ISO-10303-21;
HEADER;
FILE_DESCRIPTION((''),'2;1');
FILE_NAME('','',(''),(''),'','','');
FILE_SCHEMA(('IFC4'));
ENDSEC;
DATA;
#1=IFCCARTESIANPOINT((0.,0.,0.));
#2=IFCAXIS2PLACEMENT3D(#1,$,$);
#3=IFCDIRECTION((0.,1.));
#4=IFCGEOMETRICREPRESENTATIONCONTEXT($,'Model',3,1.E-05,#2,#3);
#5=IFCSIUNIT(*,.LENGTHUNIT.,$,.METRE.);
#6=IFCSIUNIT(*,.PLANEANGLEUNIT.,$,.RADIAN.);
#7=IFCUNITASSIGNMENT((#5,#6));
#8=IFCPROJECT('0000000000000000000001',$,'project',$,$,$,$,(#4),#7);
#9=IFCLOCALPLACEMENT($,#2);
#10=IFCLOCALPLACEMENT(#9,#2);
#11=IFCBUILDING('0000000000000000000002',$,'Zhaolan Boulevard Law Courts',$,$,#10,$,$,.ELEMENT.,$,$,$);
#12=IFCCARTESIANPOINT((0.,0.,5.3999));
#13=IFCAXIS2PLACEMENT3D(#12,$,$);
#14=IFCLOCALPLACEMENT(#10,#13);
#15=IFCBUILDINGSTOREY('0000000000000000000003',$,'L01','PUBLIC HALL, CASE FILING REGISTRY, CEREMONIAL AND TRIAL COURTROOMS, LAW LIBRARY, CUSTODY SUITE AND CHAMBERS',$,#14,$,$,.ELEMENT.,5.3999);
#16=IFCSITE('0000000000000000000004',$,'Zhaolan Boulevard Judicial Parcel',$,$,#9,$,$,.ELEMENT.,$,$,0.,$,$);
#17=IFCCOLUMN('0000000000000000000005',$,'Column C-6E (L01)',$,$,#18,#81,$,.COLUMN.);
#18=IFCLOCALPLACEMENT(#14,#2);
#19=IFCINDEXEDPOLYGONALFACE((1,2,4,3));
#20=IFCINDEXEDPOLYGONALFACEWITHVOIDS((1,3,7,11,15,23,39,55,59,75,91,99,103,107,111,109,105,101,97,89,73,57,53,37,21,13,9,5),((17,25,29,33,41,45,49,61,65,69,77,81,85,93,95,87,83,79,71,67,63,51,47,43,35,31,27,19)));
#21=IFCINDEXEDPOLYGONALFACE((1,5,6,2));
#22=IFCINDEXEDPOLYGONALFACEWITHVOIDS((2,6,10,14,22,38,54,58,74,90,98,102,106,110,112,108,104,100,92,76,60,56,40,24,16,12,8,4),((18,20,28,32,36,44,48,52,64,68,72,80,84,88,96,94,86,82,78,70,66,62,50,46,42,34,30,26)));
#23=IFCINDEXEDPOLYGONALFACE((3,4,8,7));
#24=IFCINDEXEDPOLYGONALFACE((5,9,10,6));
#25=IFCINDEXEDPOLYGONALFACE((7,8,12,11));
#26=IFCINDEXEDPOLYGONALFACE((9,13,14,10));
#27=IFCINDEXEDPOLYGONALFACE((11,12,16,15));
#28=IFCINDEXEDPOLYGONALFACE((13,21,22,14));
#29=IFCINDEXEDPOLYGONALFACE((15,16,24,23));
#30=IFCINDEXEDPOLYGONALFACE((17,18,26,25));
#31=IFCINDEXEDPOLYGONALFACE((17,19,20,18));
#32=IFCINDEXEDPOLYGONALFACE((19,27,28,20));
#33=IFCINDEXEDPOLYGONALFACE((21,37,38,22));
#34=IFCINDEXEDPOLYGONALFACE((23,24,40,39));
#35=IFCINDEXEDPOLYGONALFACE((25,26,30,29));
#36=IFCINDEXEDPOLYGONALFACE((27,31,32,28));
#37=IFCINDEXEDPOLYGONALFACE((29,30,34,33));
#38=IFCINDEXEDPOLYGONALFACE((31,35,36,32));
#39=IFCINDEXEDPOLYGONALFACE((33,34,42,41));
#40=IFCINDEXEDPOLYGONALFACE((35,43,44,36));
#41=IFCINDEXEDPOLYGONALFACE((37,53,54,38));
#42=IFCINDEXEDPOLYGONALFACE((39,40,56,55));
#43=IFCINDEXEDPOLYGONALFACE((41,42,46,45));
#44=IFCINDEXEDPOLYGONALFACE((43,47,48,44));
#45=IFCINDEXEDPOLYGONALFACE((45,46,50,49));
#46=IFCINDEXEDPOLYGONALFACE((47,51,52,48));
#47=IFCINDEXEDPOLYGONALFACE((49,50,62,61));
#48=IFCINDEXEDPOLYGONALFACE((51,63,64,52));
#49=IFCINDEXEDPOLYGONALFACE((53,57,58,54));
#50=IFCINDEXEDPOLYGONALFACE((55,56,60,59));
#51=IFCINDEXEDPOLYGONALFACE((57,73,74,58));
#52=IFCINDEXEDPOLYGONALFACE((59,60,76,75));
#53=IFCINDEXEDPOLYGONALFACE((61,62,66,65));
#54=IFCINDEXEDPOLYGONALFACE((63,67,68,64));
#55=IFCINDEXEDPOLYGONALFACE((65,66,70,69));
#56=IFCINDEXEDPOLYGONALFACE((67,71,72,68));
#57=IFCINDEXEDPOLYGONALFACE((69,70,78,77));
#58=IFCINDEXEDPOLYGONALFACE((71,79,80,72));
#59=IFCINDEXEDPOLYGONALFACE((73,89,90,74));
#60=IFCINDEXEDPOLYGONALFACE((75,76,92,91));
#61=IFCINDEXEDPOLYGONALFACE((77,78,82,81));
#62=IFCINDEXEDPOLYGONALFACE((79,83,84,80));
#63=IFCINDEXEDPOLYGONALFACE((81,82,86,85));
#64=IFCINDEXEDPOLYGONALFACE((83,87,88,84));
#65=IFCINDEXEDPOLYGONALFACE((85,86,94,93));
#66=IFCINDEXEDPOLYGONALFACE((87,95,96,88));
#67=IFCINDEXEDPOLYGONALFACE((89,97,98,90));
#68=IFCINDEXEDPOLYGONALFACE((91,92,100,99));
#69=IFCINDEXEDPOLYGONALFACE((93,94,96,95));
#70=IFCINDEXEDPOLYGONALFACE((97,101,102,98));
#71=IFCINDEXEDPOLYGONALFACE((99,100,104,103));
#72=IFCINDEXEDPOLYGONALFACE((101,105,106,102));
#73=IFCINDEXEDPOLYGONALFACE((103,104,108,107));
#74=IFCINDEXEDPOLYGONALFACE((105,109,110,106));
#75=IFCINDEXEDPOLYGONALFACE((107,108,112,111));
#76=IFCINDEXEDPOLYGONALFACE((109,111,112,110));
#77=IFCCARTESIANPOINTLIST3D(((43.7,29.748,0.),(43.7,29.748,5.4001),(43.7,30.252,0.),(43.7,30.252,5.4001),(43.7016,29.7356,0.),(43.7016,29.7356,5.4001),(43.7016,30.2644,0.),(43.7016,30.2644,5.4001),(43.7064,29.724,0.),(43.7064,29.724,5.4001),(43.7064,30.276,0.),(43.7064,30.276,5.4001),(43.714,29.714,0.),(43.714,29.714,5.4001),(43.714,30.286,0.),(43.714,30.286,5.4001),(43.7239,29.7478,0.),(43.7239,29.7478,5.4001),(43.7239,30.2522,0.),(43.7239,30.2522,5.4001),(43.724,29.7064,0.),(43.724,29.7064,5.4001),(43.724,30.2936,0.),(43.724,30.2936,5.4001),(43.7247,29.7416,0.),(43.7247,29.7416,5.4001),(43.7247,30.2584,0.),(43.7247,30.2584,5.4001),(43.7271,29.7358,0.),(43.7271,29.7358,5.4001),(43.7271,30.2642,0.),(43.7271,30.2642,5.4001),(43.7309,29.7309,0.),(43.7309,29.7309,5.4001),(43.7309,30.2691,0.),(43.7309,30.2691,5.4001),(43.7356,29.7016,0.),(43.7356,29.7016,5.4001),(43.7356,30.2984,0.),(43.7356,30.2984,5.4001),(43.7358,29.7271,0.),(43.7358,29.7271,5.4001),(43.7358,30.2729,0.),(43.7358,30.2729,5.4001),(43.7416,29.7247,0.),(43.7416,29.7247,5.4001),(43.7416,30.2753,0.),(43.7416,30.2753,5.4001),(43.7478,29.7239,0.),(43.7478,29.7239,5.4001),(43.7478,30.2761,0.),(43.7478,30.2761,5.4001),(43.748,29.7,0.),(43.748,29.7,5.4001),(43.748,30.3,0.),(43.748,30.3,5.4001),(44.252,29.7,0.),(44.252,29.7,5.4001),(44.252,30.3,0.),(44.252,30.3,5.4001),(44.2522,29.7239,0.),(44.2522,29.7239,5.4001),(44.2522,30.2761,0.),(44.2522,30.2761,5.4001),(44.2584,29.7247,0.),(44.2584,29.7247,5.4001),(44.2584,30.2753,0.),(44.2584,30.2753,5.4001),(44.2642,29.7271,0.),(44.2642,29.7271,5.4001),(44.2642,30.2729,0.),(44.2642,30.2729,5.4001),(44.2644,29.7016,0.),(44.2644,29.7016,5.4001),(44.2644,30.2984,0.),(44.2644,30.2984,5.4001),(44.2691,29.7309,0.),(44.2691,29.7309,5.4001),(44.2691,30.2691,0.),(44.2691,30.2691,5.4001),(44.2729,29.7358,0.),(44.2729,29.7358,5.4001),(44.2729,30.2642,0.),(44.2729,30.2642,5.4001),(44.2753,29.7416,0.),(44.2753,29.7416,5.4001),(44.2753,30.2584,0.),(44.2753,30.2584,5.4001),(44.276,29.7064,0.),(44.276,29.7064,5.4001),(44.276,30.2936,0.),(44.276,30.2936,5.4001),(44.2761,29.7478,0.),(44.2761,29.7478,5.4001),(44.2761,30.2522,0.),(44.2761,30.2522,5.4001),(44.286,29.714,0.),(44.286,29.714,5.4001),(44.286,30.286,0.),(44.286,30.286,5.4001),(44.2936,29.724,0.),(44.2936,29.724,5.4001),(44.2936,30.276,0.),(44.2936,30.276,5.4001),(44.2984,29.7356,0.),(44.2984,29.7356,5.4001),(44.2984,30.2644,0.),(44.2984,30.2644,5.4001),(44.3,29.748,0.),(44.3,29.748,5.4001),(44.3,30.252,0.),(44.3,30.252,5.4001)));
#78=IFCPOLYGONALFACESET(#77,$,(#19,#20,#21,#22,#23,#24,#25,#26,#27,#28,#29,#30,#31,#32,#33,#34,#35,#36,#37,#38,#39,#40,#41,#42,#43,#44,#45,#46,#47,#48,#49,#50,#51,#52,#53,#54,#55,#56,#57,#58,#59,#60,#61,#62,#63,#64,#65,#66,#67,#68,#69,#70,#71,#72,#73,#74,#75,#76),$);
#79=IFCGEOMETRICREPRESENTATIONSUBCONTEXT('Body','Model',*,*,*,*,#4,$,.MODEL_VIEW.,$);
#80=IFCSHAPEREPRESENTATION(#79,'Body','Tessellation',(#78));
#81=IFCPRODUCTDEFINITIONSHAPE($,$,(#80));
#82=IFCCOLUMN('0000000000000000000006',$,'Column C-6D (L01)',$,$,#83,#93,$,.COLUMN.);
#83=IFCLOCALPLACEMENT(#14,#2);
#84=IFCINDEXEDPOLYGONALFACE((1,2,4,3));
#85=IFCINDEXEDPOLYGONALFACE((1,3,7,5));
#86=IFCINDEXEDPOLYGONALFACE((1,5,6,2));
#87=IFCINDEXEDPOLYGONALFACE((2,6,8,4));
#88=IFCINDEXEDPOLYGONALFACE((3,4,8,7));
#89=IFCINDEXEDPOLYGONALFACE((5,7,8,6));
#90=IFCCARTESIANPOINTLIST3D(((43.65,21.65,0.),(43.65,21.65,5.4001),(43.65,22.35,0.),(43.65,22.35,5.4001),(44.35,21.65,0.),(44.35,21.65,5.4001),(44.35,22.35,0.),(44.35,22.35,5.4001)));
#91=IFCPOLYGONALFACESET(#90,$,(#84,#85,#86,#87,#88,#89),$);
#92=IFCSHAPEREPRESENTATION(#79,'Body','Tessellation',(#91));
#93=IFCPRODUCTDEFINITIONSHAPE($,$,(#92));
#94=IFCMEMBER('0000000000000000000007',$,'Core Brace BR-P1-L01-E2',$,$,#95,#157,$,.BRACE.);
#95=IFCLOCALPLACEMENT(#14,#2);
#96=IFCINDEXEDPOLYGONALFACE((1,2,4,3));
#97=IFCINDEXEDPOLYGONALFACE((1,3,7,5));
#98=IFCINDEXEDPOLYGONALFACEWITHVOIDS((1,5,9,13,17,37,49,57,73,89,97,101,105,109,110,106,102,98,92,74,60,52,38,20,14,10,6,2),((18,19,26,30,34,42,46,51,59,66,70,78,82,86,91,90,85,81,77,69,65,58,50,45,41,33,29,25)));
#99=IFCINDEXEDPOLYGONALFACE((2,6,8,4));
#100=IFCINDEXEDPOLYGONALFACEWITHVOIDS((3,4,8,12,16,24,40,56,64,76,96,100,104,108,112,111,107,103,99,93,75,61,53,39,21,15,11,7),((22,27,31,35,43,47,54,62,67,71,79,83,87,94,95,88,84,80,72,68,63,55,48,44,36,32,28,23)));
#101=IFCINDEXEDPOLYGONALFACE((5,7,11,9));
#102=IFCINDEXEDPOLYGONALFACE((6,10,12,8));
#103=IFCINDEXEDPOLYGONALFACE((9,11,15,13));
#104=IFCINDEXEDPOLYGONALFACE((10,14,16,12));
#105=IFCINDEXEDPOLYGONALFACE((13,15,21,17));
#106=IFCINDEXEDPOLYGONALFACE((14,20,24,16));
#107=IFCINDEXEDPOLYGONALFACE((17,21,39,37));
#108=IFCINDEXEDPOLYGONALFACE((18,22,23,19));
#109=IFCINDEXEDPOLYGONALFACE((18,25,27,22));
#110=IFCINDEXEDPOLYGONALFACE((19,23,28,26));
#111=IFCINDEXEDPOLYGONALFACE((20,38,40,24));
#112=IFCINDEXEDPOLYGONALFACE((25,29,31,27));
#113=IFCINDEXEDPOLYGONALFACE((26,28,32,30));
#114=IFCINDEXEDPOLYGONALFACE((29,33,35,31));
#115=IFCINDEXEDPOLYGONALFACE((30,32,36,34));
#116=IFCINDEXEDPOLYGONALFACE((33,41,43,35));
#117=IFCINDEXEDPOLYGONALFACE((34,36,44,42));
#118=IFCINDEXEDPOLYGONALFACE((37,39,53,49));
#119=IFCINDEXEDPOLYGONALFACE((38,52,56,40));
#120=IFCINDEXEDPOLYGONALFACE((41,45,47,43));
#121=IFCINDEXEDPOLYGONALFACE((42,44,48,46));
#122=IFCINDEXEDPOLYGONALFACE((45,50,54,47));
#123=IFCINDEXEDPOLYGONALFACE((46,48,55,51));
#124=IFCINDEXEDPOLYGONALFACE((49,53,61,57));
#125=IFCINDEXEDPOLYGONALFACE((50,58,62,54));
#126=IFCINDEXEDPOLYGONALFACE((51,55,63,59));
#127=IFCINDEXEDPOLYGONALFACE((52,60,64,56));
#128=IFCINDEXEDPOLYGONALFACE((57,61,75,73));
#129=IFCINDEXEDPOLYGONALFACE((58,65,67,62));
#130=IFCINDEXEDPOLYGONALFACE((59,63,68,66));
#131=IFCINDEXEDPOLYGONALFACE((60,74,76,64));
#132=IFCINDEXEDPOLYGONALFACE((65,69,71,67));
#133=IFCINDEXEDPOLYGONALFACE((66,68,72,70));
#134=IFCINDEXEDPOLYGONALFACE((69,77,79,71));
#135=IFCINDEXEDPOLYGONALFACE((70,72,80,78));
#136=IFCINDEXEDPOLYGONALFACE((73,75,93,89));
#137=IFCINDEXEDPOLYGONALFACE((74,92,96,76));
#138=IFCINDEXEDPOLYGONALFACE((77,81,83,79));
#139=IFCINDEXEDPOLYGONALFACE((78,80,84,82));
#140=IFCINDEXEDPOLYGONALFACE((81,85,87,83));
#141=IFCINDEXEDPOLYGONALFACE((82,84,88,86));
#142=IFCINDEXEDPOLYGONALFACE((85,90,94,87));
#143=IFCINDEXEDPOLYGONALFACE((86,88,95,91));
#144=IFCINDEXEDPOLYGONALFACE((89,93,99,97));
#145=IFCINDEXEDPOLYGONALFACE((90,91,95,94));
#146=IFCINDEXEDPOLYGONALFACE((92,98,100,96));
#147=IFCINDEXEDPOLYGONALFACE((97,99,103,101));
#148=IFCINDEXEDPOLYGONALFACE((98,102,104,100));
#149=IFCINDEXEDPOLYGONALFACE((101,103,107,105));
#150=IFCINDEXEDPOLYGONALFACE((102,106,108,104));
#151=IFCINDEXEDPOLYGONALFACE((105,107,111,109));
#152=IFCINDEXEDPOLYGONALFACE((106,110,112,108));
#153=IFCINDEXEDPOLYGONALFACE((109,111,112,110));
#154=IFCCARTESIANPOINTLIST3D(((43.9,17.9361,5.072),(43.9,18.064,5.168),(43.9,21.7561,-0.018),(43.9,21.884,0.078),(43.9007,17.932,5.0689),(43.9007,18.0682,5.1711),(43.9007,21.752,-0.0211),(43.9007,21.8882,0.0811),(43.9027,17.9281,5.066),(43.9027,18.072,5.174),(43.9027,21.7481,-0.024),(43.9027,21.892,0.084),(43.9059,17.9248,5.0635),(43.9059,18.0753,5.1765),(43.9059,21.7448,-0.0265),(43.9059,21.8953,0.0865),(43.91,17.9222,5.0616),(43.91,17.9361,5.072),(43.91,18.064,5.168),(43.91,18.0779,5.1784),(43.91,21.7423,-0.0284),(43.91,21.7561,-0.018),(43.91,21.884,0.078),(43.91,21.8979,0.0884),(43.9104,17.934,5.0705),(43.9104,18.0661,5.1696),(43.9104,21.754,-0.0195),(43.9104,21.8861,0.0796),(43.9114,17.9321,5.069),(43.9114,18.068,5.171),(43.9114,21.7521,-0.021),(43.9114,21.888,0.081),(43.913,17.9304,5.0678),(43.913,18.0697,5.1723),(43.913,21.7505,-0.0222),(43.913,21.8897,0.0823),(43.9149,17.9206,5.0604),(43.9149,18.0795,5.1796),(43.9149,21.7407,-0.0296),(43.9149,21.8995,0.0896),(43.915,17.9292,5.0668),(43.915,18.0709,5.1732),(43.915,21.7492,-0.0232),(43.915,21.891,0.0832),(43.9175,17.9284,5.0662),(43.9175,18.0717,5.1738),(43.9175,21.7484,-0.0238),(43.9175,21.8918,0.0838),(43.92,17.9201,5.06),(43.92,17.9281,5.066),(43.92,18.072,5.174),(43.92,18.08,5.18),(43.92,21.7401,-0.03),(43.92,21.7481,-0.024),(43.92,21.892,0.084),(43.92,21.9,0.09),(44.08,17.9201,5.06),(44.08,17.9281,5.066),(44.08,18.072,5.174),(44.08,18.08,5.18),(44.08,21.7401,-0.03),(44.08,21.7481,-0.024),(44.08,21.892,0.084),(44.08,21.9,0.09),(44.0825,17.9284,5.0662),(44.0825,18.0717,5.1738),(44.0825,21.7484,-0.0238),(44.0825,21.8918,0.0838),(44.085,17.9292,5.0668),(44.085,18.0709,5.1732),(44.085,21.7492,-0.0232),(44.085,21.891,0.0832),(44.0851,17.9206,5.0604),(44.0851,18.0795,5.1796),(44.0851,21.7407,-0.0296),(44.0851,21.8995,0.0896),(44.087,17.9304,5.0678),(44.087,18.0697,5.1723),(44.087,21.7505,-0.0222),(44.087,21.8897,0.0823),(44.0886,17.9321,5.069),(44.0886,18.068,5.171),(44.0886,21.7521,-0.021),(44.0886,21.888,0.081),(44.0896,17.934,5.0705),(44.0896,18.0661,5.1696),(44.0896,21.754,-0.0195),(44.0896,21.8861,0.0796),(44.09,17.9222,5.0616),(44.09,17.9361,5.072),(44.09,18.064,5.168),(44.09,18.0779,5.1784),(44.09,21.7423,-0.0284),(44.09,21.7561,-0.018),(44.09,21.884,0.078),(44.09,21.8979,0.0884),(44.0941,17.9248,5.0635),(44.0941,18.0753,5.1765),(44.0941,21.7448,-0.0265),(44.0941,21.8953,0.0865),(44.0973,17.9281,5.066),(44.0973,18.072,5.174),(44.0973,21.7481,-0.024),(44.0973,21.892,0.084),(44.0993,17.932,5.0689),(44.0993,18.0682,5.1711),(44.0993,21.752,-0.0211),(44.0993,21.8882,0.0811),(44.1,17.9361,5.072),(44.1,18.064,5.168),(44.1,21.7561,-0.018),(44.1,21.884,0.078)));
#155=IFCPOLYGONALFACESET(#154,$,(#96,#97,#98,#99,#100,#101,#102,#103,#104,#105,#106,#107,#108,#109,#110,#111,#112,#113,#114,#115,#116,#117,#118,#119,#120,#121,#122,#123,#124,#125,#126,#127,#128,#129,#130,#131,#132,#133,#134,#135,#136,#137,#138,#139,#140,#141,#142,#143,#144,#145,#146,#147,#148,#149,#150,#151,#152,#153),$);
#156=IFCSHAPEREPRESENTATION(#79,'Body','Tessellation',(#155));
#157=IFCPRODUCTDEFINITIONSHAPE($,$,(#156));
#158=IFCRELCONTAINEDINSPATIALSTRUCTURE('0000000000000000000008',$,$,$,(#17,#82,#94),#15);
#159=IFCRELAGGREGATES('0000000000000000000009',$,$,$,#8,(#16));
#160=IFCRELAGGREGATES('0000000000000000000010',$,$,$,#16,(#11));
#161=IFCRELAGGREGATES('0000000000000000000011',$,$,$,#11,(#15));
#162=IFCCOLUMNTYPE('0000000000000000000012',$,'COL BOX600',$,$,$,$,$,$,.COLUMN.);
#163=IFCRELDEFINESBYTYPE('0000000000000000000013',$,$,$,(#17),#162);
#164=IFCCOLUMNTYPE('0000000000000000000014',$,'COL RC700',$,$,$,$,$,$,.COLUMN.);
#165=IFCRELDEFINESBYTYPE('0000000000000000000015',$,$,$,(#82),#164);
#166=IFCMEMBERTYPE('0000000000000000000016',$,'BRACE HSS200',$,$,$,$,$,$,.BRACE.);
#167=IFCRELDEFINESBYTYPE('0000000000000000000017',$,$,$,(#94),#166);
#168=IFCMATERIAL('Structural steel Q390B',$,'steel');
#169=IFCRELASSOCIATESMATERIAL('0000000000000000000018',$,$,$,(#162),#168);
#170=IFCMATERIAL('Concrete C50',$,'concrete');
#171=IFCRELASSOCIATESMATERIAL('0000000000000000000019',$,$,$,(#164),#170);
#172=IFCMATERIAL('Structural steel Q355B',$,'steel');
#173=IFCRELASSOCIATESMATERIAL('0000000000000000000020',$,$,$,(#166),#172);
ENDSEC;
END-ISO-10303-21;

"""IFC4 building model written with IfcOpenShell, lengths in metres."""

from ifc_helpers import new_model, si_unit, direction, frame, origin, origin_2d, place, context, subcontext, project, spatial, rectangle, hollow_rectangle, extrude, material, material_profile, profile_set, type_object, element, save


model = new_model("IFC4")

# Units and contexts
model_context = context("Model", 3, precision=1e-05, world=origin(), true_north=direction((0.0, 1.0)))
body_context = subcontext(model_context, "Body", "Model", "MODEL_VIEW")
ifc_project = project(units=[si_unit("LENGTHUNIT", "METRE"), si_unit("PLANEANGLEUNIT", "RADIAN")], contexts=[model_context])

# Site, building, storey
site_placement = place(None, origin())
site = spatial("IfcSite", under=ifc_project, at=site_placement, Name="Zhaolan Boulevard Judicial Parcel", CompositionType="ELEMENT", RefElevation=0.0)
building_placement = place(site_placement, origin())
building = spatial("IfcBuilding", under=site, at=building_placement, Name="Zhaolan Boulevard Law Courts", CompositionType="ELEMENT")
storey_placement = place(building_placement, frame((0.0, 0.0, 5.3999)))
storey = spatial("IfcBuildingStorey", under=building, at=storey_placement, Name="L01", Description="PUBLIC HALL, CASE FILING REGISTRY, CEREMONIAL AND TRIAL COURTROOMS, LAW LIBRARY, CUSTODY SUITE AND CHAMBERS", CompositionType="ELEMENT", Elevation=5.3999)

# Columns
ifc_material_1 = material(Name="Structural steel Q390B", Category="steel")
ifc_material_profile_1 = material_profile(ifc_material_1, hollow_rectangle(XDim=0.6001, YDim=0.6001, WallThickness=0.0239, InnerFilletRadius=0.0239, OuterFilletRadius=0.0481, at=origin_2d()), Name="BOX600x600x24")
ifc_profile_set_1 = profile_set([ifc_material_profile_1], Name="Structural steel Q390B")
column_type_1 = type_object("IfcColumnType", Name="COL BOX600", PredefinedType="COLUMN", material=ifc_profile_set_1)
column_1_placement = place(storey_placement, frame((44.0, 30.0, 0.0), z_axis=(0.0, 0.0, 1.0), x_axis=(1.0, 0.0, 0.0)))
element("IfcColumn", 1, at=column_1_placement, inside=storey, type_object=column_type_1, Name="Column C-6E (L01)", PredefinedType="COLUMN", context=body_context, shape_type="SweptSolid", body=[
    extrude(hollow_rectangle(XDim=0.6001, YDim=0.6001, WallThickness=0.0239, InnerFilletRadius=0.0239, OuterFilletRadius=0.0481, at=origin_2d()), origin(), (0.0, 0.0, 1.0), 5.4001),
])
ifc_material_2 = material(Name="Concrete C50", Category="concrete")
ifc_material_profile_2 = material_profile(ifc_material_2, rectangle(XDim=0.7, YDim=0.7, at=origin_2d()), Name="RC700x700")
ifc_profile_set_2 = profile_set([ifc_material_profile_2], Name="Concrete C50")
column_type_2 = type_object("IfcColumnType", Name="COL RC700", PredefinedType="COLUMN", material=ifc_profile_set_2)
column_2_placement = place(storey_placement, frame((44.0, 22.0, 0.0), z_axis=(0.0, 0.0, 1.0), x_axis=(1.0, 0.0, 0.0)))
element("IfcColumn", 2, at=column_2_placement, inside=storey, type_object=column_type_2, Name="Column C-6D (L01)", PredefinedType="COLUMN", context=body_context, shape_type="SweptSolid", body=[
    extrude(rectangle(XDim=0.7, YDim=0.7, at=origin_2d()), origin(), (0.0, 0.0, 1.0), 5.4001),
])

# Member
ifc_material_3 = material(Name="Structural steel Q355B", Category="steel")
ifc_material_profile_3 = material_profile(ifc_material_3, hollow_rectangle(XDim=0.2, YDim=0.2, WallThickness=0.01, InnerFilletRadius=0.01, OuterFilletRadius=0.02, at=origin_2d()), Name="HSS200x200x10")
ifc_profile_set_3 = profile_set([ifc_material_profile_3], Name="Structural steel Q355B")
member_type_1 = type_object("IfcMemberType", Name="BRACE HSS200", PredefinedType="BRACE", material=ifc_profile_set_3)
member_1_placement = place(storey_placement, frame((44.0, 21.8201, 0.03), z_axis=(0.0, -0.600252, 0.799811), x_axis=(1.0, 0.0, 0.0)))
element("IfcMember", 3, at=member_1_placement, inside=storey, type_object=member_type_1, Name="Core Brace BR-P1-L01-E2", PredefinedType="BRACE", context=body_context, shape_type="SweptSolid", body=[
    extrude(hollow_rectangle(XDim=0.2, YDim=0.2, WallThickness=0.01, InnerFilletRadius=0.01, OuterFilletRadius=0.02, at=origin_2d()), origin(), (0.0, 0.0, 1.0), 6.364),
])

save(model, "model.ifc")
